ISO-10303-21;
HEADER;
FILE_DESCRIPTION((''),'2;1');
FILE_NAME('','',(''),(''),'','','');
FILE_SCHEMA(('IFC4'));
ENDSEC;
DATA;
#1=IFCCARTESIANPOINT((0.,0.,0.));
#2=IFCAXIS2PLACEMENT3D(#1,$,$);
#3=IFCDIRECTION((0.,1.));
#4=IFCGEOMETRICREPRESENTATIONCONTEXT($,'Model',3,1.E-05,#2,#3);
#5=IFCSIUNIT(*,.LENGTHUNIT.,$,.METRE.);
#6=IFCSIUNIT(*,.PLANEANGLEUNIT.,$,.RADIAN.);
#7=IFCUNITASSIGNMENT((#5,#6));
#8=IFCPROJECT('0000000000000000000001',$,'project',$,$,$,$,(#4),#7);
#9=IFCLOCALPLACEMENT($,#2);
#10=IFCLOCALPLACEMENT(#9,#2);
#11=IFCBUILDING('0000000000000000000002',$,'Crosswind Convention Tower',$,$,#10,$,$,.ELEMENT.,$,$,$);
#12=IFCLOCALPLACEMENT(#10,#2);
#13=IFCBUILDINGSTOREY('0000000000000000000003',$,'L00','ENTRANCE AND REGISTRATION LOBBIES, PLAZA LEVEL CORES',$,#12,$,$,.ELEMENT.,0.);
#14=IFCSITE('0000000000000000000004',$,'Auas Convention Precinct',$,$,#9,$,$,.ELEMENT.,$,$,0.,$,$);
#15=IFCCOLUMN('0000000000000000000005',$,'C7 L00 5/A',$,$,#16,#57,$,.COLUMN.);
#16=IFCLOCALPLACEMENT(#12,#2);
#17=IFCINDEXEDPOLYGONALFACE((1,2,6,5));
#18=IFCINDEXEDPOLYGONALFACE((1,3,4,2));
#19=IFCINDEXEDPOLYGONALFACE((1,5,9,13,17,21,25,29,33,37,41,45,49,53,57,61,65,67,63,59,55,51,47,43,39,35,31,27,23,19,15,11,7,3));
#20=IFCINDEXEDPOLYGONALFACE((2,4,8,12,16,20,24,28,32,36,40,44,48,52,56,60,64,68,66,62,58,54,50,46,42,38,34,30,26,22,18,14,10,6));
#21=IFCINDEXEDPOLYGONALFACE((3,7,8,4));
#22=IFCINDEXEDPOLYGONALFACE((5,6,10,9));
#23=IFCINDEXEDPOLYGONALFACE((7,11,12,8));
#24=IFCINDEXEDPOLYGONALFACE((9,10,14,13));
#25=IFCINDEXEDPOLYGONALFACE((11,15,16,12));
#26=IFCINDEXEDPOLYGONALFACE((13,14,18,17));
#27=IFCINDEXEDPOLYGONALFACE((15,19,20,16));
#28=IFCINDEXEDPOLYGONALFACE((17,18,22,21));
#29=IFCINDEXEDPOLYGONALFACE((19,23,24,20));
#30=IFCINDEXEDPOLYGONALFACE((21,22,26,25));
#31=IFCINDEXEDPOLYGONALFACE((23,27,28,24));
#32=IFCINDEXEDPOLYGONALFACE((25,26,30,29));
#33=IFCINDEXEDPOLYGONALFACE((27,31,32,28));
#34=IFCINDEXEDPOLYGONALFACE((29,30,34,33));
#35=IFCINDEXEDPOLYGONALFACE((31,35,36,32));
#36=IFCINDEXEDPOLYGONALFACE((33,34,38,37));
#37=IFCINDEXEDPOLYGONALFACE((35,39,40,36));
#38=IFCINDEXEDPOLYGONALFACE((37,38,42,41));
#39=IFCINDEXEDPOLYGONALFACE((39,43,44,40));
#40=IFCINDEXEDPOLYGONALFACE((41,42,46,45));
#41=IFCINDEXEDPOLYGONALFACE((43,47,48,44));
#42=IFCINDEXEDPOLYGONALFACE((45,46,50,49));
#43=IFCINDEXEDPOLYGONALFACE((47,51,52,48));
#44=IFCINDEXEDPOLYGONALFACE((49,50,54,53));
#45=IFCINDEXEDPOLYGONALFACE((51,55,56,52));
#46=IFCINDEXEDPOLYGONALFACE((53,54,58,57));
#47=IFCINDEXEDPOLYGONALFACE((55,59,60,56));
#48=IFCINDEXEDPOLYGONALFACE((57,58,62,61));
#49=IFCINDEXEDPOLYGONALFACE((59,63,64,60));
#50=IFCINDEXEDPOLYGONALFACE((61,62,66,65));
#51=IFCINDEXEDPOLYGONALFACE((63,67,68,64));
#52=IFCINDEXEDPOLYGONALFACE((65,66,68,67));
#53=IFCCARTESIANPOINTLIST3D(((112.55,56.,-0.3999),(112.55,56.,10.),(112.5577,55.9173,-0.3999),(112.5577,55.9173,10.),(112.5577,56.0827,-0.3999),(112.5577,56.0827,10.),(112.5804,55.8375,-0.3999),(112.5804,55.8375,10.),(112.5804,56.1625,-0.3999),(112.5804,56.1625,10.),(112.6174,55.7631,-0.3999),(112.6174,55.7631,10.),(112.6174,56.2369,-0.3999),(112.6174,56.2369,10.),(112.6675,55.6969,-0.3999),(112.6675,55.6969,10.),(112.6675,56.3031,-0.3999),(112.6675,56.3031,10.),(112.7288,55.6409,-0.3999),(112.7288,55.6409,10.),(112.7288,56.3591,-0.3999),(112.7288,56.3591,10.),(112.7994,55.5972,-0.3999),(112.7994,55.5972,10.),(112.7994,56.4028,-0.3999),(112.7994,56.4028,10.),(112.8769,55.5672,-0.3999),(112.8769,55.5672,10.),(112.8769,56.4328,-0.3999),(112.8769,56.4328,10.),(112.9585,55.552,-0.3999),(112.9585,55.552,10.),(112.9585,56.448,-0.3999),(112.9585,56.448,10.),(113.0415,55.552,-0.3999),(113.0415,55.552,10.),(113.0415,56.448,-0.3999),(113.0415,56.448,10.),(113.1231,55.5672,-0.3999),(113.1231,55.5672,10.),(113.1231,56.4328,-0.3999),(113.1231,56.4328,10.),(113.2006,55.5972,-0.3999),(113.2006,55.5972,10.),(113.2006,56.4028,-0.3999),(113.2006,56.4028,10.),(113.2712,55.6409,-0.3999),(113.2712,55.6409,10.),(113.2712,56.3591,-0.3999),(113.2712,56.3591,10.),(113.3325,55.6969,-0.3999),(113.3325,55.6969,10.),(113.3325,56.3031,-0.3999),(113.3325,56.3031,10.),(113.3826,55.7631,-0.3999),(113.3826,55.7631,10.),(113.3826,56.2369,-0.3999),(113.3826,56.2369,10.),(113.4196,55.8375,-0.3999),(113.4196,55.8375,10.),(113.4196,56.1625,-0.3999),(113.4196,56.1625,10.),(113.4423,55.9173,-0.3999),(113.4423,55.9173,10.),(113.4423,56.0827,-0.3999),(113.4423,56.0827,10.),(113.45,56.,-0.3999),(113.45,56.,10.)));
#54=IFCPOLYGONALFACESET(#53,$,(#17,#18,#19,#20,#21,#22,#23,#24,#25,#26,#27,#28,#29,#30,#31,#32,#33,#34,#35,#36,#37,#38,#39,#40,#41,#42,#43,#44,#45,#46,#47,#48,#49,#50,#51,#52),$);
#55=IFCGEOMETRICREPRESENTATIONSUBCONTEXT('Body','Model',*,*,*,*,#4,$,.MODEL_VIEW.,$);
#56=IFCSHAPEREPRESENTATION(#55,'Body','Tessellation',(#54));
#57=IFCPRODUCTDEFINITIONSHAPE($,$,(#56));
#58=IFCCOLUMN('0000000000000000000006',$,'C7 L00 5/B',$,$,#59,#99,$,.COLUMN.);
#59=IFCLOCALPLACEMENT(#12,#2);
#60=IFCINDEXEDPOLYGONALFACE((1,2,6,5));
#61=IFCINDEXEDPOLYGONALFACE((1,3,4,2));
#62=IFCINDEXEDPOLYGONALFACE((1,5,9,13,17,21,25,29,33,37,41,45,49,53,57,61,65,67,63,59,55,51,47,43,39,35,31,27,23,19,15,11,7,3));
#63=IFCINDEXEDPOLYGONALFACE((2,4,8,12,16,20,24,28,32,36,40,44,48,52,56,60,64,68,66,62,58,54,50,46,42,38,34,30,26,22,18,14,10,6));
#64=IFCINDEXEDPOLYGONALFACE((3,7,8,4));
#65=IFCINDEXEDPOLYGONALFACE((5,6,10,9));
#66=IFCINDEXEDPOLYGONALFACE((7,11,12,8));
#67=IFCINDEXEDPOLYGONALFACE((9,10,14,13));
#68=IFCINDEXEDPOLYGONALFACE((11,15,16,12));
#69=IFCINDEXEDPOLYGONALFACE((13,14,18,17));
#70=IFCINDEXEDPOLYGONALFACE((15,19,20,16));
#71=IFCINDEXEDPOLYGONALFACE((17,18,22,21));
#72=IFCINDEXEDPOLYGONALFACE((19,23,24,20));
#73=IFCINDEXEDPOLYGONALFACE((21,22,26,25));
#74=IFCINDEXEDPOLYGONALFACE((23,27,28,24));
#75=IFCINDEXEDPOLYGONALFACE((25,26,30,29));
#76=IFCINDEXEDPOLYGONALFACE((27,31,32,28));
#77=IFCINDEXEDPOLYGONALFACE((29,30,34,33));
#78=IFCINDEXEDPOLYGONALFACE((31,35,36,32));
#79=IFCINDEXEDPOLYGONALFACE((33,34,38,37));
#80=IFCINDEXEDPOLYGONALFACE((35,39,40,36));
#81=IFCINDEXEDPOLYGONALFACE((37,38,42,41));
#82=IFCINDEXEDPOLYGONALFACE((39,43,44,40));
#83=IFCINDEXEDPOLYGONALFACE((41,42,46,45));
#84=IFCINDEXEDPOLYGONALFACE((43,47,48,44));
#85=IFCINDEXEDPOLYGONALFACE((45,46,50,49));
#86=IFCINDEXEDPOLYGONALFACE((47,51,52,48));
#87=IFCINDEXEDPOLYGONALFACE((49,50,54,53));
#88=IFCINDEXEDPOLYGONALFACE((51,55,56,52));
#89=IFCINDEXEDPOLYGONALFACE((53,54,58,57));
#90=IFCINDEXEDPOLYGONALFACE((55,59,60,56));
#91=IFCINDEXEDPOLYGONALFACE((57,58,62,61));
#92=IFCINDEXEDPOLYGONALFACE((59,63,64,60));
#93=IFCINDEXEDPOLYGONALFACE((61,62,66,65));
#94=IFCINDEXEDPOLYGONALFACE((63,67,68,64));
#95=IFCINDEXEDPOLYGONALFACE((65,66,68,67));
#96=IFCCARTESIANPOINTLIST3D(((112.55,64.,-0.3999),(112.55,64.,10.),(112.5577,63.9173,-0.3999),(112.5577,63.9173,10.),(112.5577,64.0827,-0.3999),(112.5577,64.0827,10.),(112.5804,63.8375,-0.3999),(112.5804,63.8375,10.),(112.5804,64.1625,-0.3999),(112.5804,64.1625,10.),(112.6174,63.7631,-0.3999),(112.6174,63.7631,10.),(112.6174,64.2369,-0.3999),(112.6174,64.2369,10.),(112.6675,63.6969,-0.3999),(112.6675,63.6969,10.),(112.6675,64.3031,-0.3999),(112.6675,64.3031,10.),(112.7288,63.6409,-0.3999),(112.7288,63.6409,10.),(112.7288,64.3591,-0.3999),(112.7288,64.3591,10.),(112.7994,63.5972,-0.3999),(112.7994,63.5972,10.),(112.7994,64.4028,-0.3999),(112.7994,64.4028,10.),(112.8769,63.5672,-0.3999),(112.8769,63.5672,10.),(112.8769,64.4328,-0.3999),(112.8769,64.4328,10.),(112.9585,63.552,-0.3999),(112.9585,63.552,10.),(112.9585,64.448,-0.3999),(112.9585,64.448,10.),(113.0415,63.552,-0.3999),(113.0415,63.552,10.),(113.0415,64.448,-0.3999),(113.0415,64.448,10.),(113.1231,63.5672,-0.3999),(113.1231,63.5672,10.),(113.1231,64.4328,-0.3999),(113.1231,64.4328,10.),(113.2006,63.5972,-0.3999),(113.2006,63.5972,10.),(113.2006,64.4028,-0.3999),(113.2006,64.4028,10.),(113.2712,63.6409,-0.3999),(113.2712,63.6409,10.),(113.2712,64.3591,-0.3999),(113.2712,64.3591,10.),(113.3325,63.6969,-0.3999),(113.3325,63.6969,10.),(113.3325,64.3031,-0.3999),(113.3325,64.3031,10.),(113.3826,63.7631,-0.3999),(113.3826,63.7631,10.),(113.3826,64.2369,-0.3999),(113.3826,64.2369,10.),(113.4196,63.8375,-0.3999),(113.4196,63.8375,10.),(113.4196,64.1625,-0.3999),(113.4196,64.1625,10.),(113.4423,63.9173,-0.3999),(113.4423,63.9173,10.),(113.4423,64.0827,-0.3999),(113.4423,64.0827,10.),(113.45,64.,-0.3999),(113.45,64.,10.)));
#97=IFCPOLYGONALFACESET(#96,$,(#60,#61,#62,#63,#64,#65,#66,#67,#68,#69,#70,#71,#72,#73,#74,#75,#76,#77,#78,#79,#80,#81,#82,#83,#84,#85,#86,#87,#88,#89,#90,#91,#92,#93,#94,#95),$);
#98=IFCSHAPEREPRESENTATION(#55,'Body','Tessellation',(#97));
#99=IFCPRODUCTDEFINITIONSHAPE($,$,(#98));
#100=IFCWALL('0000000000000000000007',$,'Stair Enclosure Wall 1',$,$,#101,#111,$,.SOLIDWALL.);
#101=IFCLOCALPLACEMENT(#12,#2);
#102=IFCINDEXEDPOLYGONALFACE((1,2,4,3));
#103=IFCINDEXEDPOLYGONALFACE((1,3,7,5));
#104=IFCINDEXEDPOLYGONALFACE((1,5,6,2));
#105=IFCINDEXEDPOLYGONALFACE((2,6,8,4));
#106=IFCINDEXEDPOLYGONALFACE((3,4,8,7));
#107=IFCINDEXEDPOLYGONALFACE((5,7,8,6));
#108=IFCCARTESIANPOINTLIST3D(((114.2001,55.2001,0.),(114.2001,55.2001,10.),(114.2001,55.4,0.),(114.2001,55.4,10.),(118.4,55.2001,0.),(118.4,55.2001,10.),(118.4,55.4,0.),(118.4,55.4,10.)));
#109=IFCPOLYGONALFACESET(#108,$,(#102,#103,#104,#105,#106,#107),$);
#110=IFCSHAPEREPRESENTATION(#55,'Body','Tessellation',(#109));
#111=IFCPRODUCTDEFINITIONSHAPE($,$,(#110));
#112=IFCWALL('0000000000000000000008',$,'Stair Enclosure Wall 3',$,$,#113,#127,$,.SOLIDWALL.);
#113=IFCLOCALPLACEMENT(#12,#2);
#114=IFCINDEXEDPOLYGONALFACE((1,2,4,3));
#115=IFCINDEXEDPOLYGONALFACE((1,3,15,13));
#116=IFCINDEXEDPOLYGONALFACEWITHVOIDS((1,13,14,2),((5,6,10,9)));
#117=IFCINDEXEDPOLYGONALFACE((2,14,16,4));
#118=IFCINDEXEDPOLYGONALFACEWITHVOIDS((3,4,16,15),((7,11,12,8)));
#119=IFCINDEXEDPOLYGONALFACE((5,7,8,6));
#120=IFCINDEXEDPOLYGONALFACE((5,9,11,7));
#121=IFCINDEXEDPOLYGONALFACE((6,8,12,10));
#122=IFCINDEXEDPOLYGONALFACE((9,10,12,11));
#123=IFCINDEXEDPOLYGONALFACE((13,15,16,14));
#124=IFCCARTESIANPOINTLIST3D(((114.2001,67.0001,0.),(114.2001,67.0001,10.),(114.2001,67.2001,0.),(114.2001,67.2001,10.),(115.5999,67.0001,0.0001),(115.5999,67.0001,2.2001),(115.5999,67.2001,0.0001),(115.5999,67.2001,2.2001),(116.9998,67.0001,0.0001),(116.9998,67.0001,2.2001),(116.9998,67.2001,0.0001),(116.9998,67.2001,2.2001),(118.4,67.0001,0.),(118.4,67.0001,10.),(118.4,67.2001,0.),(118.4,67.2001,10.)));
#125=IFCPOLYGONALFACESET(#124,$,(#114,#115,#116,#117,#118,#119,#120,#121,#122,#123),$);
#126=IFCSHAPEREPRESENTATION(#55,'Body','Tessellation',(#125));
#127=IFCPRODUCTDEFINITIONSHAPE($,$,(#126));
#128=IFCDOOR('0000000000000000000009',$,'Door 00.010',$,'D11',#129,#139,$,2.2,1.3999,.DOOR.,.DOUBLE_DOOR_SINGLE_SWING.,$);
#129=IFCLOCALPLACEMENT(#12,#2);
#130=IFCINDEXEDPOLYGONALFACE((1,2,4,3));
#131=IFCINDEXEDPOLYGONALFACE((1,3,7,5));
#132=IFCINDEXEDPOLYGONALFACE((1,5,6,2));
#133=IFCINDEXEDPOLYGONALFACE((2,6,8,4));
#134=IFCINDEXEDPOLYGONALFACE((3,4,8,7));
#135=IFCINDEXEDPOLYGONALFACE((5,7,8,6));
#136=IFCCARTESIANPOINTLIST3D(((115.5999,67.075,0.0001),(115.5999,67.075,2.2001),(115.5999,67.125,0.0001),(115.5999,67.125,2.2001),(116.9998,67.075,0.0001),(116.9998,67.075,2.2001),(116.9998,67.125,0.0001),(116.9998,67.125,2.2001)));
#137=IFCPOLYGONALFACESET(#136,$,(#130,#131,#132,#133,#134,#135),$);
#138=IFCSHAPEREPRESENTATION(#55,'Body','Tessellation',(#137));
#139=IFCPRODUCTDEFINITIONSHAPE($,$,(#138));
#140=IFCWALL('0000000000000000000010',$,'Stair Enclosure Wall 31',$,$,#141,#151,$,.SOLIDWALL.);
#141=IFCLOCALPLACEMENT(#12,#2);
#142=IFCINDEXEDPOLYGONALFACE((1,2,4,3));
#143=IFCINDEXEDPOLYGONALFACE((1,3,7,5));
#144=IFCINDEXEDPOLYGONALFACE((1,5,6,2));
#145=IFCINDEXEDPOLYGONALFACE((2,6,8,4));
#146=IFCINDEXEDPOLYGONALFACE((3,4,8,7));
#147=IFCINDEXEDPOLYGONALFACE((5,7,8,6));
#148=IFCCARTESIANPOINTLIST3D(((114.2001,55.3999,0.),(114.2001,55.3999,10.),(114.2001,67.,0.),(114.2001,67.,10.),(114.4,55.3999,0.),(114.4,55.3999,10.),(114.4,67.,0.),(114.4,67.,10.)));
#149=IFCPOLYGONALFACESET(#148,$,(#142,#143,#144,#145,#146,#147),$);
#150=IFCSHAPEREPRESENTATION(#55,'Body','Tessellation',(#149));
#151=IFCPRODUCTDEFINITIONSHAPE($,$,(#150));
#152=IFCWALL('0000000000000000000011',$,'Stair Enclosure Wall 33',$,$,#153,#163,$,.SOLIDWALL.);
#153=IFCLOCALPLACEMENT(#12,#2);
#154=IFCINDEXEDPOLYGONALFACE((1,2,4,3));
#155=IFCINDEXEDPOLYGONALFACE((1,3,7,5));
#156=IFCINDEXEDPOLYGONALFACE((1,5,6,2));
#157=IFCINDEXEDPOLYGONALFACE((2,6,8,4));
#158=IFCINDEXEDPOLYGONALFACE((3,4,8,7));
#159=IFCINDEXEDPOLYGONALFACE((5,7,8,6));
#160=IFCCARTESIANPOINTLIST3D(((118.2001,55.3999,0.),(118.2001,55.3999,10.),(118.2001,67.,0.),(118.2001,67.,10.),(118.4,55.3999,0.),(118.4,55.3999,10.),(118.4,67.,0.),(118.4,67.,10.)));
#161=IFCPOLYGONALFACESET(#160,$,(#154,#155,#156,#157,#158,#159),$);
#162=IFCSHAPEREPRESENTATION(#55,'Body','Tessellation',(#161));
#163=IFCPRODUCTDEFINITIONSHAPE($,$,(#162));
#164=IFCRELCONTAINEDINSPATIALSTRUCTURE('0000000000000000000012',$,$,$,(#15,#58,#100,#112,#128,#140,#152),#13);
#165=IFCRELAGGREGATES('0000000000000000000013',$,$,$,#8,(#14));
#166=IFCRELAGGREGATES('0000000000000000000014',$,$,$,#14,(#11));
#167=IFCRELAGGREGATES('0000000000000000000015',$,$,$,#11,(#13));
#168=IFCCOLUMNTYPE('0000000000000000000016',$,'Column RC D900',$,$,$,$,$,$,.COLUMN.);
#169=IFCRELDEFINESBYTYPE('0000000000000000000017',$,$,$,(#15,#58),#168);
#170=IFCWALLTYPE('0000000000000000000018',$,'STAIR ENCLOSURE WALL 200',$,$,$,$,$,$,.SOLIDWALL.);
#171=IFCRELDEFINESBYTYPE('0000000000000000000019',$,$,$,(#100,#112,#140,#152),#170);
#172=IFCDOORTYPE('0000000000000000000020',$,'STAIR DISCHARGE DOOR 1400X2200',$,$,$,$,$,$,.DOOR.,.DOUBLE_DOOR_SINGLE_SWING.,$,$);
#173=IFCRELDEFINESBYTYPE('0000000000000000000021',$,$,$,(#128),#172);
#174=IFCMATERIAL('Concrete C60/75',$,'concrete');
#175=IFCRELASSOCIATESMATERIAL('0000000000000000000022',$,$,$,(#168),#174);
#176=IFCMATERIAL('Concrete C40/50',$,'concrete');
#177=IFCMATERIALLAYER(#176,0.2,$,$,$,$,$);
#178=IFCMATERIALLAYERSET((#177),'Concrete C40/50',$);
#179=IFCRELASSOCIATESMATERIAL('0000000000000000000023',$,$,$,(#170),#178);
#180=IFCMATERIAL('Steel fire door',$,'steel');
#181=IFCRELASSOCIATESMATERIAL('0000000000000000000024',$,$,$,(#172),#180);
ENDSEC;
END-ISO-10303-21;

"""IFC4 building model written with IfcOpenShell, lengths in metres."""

from ifc_helpers import new_model, si_unit, direction, frame, frame_2d, origin, origin_2d, place, context, subcontext, project, spatial, rectangle, circle, extrude, material, layer, layer_set, material_profile, profile_set, type_object, element, fill, save


model = new_model("IFC4")

# Units and contexts
model_context = context("Model", 3, precision=1e-05, world=origin(), true_north=direction((0.0, 1.0)))
body_context = subcontext(model_context, "Body", "Model", "MODEL_VIEW")
ifc_project = project(units=[si_unit("LENGTHUNIT", "METRE"), si_unit("PLANEANGLEUNIT", "RADIAN")], contexts=[model_context])

# Site, building, storey
site_placement = place(None, origin())
site = spatial("IfcSite", under=ifc_project, at=site_placement, Name="Auas Convention Precinct", CompositionType="ELEMENT", RefElevation=0.0)
building_placement = place(site_placement, origin())
building = spatial("IfcBuilding", under=site, at=building_placement, Name="Crosswind Convention Tower", CompositionType="ELEMENT")
storey_placement = place(building_placement, origin())
storey = spatial("IfcBuildingStorey", under=building, at=storey_placement, Name="L00", Description="ENTRANCE AND REGISTRATION LOBBIES, PLAZA LEVEL CORES", CompositionType="ELEMENT", Elevation=0.0)

# Shared definitions
ifc_material_1 = material(Name="Concrete C40/50", Category="concrete")

# Columns
ifc_material_2 = material(Name="Concrete C60/75", Category="concrete")
ifc_material_profile_1 = material_profile(ifc_material_2, circle(Radius=0.45, at=origin_2d()), Name="RC D900")
ifc_profile_set_1 = profile_set([ifc_material_profile_1], Name="Concrete C60/75")
column_type_1 = type_object("IfcColumnType", Name="Column RC D900", PredefinedType="COLUMN", material=ifc_profile_set_1)
for number, where, z_axis, x_axis, name in (
    (1, (113.0, 56.0, -0.3999), (0.0, 0.0, 1.0), (1.0, 0.0, 0.0), "C7 L00 5/A"),
    (2, (113.0, 64.0, -0.3999), (0.0, 0.0, 1.0), (1.0, 0.0, 0.0), "C7 L00 5/B"),
):
    element("IfcColumn", number, at=place(storey_placement, frame(where, z_axis=z_axis, x_axis=x_axis)), inside=storey, type_object=column_type_1, Name=name, PredefinedType="COLUMN", context=body_context, shape_type="SweptSolid", body=[
        extrude(circle(Radius=0.45, at=origin_2d()), origin(), (0.0, 0.0, 1.0), 10.3999),
    ])

# Wall
ifc_layer_1 = layer(ifc_material_1, 0.2)
ifc_layer_set_1 = layer_set([ifc_layer_1], Name="Concrete C40/50")
wall_type = type_object("IfcWallType", Name="STAIR ENCLOSURE WALL 200", PredefinedType="SOLIDWALL", material=ifc_layer_set_1)
wall_1_placement = place(storey_placement, frame((114.2, 55.3, 0.0), z_axis=(0.0, 0.0, 1.0), x_axis=(1.0, 0.0, 0.0)))
element("IfcWall", 3, at=wall_1_placement, inside=storey, type_object=wall_type, Name="Stair Enclosure Wall 1", PredefinedType="SOLIDWALL", context=body_context, shape_type="SweptSolid", body=[
    extrude(rectangle(XDim=4.2, YDim=0.2, at=frame_2d((2.1001, 0.0))), origin(), (0.0, 0.0, 1.0), 10.0),
])

# Wall, opening, door
wall_2_placement = place(storey_placement, frame((114.2, 67.1001, 0.0), z_axis=(0.0, 0.0, 1.0), x_axis=(1.0, 0.0, 0.0)))
wall_2 = element("IfcWall", 4, at=wall_2_placement, inside=storey, type_object=wall_type, Name="Stair Enclosure Wall 3", PredefinedType="SOLIDWALL", context=body_context, shape_type="SweptSolid", body=[
    extrude(rectangle(XDim=4.2, YDim=0.2, at=frame_2d((2.1001, 0.0))), origin(), (0.0, 0.0, 1.0), 10.0),
])
opening_placement = place(wall_2_placement, frame((1.3999, 0.0, 0.0)))
opening = element("IfcOpeningElement", 5, at=opening_placement, cuts=wall_2, PredefinedType="OPENING", context=body_context, shape_type="SweptSolid", body=[
    extrude(rectangle(XDim=1.3999, YDim=2.2, at=frame_2d((0.7, 1.1001))), frame((0.0, 0.1099, 0.0), z_axis=(0.0, -1.0, 0.0), x_axis=(1.0, 0.0, 0.0)), (0.0, 0.0, 1.0), 0.22),
])
ifc_material_3 = material(Name="Steel fire door", Category="steel")
door_type = type_object("IfcDoorType", Name="STAIR DISCHARGE DOOR 1400X2200", OperationType="DOUBLE_DOOR_SINGLE_SWING", PredefinedType="DOOR", material=ifc_material_3)
door_placement = place(opening_placement, origin())
door = element("IfcDoor", 6, at=door_placement, inside=storey, type_object=door_type, Name="Door 00.010", ObjectType="D11", OperationType="DOUBLE_DOOR_SINGLE_SWING", OverallHeight=2.2, OverallWidth=1.3999, PredefinedType="DOOR", context=body_context, shape_type="SweptSolid", body=[
    extrude(rectangle(XDim=1.3999, YDim=2.2, at=frame_2d((0.7, 1.1001))), frame((0.0, 0.0249, 0.0), z_axis=(0.0, -1.0, 0.0), x_axis=(1.0, 0.0, 0.0)), (0.0, 0.0, 1.0), 0.05),
])
fill(opening, door)

# Walls
for number, where, z_axis, x_axis, name in (
    (7, (114.3, 55.3999, 0.0), (0.0, 0.0, 1.0), (0.0, 1.0, 0.0), "Stair Enclosure Wall 31"),
    (8, (118.3, 55.3999, 0.0), (0.0, 0.0, 1.0), (0.0, 1.0, 0.0), "Stair Enclosure Wall 33"),
):
    element("IfcWall", number, at=place(storey_placement, frame(where, z_axis=z_axis, x_axis=x_axis)), inside=storey, type_object=wall_type, Name=name, PredefinedType="SOLIDWALL", context=body_context, shape_type="SweptSolid", body=[
        extrude(rectangle(XDim=11.6001, YDim=0.2, at=frame_2d((5.8, 0.0))), origin(), (0.0, 0.0, 1.0), 10.0),
    ])

save(model, "model.ifc")
